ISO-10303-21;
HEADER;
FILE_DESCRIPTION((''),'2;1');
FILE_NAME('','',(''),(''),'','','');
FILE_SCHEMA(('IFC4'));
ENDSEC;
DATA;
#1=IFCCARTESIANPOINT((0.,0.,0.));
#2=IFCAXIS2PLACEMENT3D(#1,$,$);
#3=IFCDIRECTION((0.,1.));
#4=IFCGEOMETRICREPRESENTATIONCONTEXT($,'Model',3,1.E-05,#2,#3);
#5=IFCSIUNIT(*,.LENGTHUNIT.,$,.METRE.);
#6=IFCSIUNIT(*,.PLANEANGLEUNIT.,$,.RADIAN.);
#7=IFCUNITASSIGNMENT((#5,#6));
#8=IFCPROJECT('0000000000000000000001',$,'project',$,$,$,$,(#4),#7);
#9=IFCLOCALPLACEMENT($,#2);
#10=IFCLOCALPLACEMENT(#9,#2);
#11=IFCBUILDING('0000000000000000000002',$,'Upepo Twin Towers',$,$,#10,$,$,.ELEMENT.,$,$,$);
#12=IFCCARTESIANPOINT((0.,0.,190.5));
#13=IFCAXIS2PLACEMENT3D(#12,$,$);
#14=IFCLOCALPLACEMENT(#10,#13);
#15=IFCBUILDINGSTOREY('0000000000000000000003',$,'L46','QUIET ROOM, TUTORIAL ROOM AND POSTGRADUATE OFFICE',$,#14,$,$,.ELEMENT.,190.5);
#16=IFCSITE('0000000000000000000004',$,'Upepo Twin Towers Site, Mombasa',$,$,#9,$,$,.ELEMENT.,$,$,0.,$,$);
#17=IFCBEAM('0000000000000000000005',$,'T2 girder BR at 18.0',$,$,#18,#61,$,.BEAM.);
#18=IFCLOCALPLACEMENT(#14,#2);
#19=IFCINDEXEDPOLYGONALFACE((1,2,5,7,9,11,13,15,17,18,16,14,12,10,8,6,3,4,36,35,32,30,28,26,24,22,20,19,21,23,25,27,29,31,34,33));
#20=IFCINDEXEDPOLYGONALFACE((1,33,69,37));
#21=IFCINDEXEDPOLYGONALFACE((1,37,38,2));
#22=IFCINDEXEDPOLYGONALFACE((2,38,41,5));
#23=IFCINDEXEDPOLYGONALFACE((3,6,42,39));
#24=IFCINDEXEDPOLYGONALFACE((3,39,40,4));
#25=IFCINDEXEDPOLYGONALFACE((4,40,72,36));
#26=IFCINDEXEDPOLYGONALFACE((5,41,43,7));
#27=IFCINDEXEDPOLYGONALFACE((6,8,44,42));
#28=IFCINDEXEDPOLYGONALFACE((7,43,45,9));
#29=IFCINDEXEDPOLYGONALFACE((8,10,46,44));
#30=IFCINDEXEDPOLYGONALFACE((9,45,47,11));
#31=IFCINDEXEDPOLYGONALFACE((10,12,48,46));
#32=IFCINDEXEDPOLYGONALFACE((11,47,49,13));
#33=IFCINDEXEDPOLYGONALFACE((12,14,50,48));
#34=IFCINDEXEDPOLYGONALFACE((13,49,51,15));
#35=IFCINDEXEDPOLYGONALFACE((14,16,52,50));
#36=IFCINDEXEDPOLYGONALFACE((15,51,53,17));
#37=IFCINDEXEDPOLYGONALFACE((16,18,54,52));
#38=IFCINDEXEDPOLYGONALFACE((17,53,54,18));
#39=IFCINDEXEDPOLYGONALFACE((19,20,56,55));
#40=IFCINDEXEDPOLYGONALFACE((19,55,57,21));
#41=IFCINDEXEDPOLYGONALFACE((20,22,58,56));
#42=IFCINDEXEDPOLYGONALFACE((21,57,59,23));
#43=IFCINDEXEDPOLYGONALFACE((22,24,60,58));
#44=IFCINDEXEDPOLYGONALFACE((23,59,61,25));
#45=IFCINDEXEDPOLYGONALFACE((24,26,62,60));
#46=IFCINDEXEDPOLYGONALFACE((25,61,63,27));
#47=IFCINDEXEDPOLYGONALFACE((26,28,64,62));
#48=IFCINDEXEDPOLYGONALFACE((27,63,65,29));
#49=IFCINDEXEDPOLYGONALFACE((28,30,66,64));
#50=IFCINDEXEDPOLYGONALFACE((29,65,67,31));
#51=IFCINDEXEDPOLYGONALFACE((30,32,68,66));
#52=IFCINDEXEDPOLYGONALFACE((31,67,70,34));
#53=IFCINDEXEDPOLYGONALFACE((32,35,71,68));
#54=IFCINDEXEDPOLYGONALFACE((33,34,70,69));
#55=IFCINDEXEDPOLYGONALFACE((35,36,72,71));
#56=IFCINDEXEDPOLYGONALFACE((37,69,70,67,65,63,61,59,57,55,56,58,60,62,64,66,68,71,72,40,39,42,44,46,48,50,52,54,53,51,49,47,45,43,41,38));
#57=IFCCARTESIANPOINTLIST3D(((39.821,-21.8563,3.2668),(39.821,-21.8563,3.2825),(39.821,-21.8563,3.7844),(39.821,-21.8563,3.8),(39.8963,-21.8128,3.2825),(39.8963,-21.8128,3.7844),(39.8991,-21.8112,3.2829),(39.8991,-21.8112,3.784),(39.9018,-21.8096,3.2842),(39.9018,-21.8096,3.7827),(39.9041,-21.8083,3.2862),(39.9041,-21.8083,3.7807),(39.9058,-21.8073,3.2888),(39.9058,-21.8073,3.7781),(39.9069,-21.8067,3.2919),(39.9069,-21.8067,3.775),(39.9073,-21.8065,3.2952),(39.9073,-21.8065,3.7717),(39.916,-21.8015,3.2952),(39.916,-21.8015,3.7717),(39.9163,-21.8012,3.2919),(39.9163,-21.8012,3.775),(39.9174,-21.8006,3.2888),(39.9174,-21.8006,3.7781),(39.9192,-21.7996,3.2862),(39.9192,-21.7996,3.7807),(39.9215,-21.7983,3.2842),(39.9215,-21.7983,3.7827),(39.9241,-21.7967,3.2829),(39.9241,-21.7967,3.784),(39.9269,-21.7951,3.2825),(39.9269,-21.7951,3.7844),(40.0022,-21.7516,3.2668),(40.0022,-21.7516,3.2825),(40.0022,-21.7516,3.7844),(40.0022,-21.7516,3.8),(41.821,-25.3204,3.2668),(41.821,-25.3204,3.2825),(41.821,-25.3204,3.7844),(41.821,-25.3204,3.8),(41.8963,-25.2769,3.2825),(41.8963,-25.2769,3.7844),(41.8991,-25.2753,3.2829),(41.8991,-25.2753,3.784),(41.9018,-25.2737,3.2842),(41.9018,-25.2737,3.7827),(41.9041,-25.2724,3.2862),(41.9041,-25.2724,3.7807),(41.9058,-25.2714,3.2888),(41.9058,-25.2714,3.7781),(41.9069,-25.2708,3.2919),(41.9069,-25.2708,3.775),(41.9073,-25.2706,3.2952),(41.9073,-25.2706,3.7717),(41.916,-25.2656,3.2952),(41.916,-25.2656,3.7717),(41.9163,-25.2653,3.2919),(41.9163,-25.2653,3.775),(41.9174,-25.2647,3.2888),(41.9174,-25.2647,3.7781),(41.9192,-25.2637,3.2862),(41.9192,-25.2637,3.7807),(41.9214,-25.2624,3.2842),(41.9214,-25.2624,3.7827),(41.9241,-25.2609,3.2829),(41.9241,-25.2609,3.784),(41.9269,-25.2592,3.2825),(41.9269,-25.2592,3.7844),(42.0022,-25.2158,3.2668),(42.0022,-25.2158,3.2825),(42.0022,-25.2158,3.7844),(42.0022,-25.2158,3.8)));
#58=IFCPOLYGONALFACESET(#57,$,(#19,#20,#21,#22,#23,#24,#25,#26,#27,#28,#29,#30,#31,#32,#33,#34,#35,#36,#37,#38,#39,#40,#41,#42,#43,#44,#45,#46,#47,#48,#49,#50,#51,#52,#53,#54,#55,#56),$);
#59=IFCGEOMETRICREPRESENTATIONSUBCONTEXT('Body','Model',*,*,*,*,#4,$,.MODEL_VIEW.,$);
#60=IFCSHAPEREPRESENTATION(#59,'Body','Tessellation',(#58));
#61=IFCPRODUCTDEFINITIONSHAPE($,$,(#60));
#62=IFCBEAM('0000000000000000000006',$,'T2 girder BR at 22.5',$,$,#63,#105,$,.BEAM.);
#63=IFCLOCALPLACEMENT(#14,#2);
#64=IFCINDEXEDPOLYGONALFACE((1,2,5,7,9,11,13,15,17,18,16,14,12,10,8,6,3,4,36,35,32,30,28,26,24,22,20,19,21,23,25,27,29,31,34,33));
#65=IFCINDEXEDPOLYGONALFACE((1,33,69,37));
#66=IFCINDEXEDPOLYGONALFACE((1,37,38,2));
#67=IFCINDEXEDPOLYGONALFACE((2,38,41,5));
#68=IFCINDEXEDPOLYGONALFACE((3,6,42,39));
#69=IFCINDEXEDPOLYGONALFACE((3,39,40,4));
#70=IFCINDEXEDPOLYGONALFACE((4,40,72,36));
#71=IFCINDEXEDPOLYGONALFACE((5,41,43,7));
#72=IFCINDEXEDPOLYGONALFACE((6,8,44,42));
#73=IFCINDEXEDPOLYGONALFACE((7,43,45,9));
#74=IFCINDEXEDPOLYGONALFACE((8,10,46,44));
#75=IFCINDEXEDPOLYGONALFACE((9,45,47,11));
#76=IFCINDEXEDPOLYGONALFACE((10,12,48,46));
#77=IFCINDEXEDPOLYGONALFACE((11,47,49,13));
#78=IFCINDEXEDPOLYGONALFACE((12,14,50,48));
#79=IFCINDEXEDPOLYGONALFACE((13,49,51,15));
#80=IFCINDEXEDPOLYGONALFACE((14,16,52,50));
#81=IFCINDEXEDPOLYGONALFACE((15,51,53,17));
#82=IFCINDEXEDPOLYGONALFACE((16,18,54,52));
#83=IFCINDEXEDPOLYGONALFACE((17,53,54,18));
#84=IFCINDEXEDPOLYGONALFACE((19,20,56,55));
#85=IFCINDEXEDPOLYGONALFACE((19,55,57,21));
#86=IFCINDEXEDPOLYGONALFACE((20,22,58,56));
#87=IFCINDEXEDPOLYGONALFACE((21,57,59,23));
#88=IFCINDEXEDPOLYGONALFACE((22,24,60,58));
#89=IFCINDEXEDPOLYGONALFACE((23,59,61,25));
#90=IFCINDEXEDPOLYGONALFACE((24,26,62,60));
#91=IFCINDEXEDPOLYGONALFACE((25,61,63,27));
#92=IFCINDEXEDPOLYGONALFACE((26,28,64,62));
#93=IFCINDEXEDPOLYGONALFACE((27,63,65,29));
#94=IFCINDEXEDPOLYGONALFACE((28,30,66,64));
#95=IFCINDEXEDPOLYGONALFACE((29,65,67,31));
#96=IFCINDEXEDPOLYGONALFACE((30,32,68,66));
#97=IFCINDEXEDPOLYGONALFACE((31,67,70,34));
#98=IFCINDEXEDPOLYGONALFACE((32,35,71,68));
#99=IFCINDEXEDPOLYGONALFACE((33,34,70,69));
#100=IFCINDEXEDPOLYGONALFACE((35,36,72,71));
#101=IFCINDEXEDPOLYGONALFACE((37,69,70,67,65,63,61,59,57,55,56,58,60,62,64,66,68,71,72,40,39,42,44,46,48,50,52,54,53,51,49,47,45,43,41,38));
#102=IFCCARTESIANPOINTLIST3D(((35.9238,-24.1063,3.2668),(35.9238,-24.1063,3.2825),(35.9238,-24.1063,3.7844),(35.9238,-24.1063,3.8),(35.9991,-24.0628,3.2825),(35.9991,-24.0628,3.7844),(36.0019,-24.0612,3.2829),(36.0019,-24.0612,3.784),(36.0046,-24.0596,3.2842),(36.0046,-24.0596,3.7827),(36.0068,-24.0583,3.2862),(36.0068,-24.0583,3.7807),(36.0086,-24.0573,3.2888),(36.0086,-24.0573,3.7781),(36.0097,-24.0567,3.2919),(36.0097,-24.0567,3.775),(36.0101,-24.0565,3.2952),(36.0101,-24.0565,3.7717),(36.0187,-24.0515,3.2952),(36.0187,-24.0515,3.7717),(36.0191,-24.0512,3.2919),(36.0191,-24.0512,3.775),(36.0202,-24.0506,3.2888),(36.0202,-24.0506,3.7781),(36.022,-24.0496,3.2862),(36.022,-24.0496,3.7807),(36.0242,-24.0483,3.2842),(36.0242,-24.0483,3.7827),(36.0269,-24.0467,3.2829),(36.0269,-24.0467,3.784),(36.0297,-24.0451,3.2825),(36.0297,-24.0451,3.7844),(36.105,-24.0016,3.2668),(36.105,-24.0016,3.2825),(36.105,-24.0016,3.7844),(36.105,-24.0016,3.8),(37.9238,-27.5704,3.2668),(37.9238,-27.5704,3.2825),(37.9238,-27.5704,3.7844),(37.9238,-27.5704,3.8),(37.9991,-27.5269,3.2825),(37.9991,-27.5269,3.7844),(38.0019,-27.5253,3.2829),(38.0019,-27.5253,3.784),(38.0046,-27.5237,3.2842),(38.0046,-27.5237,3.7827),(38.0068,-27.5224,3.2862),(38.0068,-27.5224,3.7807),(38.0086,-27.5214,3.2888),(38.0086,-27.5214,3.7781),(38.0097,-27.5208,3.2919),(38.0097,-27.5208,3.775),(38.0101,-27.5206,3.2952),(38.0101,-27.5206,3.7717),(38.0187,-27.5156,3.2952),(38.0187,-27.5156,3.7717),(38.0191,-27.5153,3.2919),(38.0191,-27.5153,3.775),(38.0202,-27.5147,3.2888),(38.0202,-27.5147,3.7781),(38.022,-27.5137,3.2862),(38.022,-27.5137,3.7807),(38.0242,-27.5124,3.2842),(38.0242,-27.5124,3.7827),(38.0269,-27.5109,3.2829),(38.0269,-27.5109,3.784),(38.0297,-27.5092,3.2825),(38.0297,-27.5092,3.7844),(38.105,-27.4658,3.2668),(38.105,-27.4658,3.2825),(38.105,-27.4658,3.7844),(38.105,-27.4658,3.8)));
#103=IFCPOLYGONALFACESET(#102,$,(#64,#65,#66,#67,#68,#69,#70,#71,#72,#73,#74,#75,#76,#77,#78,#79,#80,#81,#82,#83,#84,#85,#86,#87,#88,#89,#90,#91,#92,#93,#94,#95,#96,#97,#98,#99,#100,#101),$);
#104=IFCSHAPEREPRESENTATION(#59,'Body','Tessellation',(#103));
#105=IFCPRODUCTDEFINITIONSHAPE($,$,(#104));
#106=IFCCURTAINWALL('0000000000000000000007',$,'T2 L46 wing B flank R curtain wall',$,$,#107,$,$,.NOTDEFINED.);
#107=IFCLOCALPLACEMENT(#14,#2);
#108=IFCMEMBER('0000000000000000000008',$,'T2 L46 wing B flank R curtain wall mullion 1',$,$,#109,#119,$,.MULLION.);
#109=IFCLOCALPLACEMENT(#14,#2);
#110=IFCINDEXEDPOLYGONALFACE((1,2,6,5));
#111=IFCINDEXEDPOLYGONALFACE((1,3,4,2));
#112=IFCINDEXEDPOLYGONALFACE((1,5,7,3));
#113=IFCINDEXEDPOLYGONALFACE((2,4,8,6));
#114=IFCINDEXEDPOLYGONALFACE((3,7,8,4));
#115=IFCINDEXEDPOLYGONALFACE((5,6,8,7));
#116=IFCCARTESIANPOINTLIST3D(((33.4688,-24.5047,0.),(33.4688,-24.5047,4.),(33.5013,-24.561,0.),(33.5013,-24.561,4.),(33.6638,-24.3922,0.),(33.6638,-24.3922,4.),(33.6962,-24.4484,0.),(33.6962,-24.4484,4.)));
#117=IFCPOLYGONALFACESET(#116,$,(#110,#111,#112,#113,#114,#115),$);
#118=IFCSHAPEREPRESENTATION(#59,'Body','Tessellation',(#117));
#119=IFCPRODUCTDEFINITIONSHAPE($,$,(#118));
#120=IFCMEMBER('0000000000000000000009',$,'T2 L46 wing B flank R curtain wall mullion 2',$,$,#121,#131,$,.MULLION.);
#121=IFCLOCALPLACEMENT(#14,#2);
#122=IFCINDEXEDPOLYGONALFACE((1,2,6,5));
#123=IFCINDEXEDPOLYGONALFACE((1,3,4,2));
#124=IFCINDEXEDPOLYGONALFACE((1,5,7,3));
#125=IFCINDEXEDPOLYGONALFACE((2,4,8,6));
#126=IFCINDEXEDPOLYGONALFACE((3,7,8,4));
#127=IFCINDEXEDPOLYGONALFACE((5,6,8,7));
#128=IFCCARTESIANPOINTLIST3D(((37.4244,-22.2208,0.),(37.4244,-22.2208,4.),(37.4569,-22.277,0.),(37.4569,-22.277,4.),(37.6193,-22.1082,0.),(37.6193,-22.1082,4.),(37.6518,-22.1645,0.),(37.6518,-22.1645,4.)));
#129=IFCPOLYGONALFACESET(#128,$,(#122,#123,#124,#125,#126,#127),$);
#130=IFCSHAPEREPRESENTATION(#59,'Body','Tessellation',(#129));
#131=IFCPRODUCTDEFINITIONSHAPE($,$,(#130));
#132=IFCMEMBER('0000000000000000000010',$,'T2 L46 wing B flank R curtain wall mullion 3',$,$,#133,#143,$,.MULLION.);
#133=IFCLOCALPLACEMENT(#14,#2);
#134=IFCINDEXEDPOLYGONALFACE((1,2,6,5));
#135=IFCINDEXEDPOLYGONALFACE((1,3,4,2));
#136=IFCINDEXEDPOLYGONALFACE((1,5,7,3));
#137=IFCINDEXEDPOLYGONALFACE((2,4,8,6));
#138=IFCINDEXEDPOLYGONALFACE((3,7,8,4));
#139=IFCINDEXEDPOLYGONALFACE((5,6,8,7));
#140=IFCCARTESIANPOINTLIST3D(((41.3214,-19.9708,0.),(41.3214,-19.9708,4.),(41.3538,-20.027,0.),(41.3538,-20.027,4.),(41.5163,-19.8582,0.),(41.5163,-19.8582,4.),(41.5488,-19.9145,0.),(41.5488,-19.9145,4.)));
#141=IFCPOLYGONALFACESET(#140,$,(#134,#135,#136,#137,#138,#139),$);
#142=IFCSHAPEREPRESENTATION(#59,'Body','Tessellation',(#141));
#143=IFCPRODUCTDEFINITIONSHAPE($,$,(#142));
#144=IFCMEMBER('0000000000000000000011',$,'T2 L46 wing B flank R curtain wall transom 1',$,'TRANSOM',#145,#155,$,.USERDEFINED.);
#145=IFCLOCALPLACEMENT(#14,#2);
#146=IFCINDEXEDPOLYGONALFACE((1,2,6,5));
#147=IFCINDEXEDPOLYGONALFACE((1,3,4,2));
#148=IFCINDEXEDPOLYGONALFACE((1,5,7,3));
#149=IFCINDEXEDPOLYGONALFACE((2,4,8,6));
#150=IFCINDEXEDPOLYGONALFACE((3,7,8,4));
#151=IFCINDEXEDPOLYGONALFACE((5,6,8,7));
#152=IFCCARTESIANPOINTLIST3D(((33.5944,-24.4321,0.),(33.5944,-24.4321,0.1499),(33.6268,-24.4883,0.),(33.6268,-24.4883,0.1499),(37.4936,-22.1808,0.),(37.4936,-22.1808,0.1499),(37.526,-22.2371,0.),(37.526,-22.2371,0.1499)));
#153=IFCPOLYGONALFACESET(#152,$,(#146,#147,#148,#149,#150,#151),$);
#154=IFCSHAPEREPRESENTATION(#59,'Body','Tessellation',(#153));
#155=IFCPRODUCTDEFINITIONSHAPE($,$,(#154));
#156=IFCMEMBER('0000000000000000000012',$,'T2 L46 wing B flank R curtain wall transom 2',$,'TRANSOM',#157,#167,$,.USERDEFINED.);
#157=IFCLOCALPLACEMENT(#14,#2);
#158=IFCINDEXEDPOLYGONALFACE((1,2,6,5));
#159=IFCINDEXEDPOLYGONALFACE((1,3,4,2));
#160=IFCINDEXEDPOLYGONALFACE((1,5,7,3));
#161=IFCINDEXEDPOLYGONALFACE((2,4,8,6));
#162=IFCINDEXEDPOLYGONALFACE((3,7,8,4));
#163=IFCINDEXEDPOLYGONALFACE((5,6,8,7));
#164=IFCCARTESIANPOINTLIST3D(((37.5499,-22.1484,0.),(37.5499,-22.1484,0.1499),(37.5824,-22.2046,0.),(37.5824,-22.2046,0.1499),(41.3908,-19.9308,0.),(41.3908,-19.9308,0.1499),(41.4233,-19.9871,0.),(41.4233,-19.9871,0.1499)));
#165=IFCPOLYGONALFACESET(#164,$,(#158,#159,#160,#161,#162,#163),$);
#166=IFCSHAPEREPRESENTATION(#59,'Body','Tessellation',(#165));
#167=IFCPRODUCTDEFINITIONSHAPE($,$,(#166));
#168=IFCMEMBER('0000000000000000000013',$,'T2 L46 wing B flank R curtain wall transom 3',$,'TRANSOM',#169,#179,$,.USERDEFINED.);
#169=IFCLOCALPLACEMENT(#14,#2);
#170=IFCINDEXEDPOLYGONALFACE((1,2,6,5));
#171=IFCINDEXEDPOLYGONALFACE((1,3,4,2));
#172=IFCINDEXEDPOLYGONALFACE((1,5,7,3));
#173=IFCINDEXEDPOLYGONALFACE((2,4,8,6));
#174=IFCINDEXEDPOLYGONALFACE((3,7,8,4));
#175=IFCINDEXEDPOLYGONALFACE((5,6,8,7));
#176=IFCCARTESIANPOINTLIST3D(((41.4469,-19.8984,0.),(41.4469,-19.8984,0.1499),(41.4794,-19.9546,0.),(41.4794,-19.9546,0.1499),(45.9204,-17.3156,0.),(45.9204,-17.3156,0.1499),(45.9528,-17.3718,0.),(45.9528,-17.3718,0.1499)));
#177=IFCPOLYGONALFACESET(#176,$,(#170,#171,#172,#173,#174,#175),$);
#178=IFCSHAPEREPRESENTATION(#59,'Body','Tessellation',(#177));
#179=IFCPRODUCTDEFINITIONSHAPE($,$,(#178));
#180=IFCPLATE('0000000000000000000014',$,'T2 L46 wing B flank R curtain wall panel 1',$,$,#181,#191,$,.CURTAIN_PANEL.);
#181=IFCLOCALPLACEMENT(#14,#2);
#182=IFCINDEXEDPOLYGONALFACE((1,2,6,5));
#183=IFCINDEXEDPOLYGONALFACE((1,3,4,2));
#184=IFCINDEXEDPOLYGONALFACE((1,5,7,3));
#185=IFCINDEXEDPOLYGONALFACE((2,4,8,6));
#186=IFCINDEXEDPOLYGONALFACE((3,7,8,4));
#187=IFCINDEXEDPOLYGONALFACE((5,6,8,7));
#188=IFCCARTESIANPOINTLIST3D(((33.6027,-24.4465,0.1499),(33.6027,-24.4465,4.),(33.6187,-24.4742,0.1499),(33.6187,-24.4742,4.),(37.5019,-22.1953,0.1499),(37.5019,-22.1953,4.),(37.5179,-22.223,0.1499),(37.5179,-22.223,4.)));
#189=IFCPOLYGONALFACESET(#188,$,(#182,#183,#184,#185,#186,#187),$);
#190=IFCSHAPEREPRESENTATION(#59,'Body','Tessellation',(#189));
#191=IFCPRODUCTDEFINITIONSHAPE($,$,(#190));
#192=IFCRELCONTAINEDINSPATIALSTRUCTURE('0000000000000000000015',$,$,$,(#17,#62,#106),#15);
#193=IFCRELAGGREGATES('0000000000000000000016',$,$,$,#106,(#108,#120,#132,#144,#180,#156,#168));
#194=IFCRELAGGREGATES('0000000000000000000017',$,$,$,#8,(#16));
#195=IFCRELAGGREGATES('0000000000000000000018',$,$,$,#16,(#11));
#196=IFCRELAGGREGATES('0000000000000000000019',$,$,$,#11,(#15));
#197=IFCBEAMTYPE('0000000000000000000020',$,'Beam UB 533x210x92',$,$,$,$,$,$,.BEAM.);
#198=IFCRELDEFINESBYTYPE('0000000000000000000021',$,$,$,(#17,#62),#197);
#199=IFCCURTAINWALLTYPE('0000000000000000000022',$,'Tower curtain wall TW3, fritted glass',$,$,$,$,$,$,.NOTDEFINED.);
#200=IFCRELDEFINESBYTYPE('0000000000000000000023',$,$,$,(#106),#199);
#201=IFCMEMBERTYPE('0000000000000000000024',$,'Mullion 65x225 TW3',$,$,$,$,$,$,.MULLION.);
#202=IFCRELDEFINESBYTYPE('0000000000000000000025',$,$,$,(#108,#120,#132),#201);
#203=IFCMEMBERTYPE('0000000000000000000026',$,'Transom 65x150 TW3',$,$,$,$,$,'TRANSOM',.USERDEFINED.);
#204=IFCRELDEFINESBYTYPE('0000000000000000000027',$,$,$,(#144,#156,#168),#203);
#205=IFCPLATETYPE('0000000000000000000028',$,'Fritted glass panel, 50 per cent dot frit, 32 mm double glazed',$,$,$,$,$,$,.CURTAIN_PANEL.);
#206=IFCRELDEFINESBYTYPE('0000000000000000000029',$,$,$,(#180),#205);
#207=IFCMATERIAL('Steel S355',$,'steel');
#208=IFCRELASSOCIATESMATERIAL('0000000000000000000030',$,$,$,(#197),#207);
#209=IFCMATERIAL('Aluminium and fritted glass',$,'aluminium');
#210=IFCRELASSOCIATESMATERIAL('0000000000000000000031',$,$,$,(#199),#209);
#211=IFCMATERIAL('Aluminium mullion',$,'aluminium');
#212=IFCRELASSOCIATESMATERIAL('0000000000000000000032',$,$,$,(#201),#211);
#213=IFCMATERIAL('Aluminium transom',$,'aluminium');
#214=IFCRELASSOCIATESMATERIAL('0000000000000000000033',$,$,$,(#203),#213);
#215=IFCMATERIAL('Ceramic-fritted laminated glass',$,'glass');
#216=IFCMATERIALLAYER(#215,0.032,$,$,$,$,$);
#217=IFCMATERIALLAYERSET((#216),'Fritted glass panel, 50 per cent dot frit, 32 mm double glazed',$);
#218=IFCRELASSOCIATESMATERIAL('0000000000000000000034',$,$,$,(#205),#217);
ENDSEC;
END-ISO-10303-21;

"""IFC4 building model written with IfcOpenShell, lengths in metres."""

from ifc_helpers import new_model, si_unit, direction, frame, origin, origin_2d, place, context, subcontext, project, spatial, rectangle, i_section, extrude, material, layer, layer_set, material_profile, profile_set, type_object, element, aggregate, save


model = new_model("IFC4")

# Units and contexts
model_context = context("Model", 3, precision=1e-05, world=origin(), true_north=direction((0.0, 1.0)))
body_context = subcontext(model_context, "Body", "Model", "MODEL_VIEW")
ifc_project = project(units=[si_unit("LENGTHUNIT", "METRE"), si_unit("PLANEANGLEUNIT", "RADIAN")], contexts=[model_context])

# Site, building, storey
site_placement = place(None, origin())
site = spatial("IfcSite", under=ifc_project, at=site_placement, Name="Upepo Twin Towers Site, Mombasa", CompositionType="ELEMENT", RefElevation=0.0)
building_placement = place(site_placement, origin())
building = spatial("IfcBuilding", under=site, at=building_placement, Name="Upepo Twin Towers", CompositionType="ELEMENT")
storey_placement = place(building_placement, frame((0.0, 0.0, 190.5)))
storey = spatial("IfcBuildingStorey", under=building, at=storey_placement, Name="L46", Description="QUIET ROOM, TUTORIAL ROOM AND POSTGRADUATE OFFICE", CompositionType="ELEMENT", Elevation=190.5)

# Beams
ifc_material_1 = material(Name="Steel S355", Category="steel")
ifc_material_profile_1 = material_profile(ifc_material_1, i_section(OverallWidth=0.2092, OverallDepth=0.5332, WebThickness=0.01, FlangeThickness=0.0156, FilletRadius=0.0127, at=origin_2d()), Name="UB 533x210x92")
ifc_profile_set_1 = profile_set([ifc_material_profile_1], Name="Steel S355")
beam_type_1 = type_object("IfcBeamType", Name="Beam UB 533x210x92", PredefinedType="BEAM", material=ifc_profile_set_1)
for number, where, z_axis, x_axis, name in (
    (1, (39.9116, -21.804, 3.5334), (0.499999, -0.866026, 0.0), (0.866026, 0.499999, 0.0), "T2 girder BR at 18.0"),
    (2, (36.0144, -24.054, 3.5334), (0.499999, -0.866026, 0.0), (0.866026, 0.499999, 0.0), "T2 girder BR at 22.5"),
):
    element("IfcBeam", number, at=place(storey_placement, frame(where, z_axis=z_axis, x_axis=x_axis)), inside=storey, type_object=beam_type_1, Name=name, PredefinedType="BEAM", context=body_context, shape_type="SweptSolid", body=[
        extrude(i_section(OverallWidth=0.2092, OverallDepth=0.5332, WebThickness=0.01, FlangeThickness=0.0156, FilletRadius=0.0127, at=origin_2d()), origin(), (0.0, 0.0, 1.0), 4.0),
    ])

# Curtain wall, members, plate
ifc_material_2 = material(Name="Aluminium and fritted glass", Category="aluminium")
curtain_wall_type = type_object("IfcCurtainWallType", Name="Tower curtain wall TW3, fritted glass", PredefinedType="NOTDEFINED", material=ifc_material_2)
curtain_wall_placement = place(storey_placement, origin())
curtain_wall = element("IfcCurtainWall", 3, at=curtain_wall_placement, inside=storey, type_object=curtain_wall_type, Name="T2 L46 wing B flank R curtain wall", PredefinedType="NOTDEFINED")
ifc_material_3 = material(Name="Aluminium mullion", Category="aluminium")
ifc_material_profile_2 = material_profile(ifc_material_3, rectangle(XDim=0.0649, YDim=0.2251, at=origin_2d()), Name="MULLION 65x225")
ifc_profile_set_2 = profile_set([ifc_material_profile_2], Name="Aluminium mullion")
member_type_1 = type_object("IfcMemberType", Name="Mullion 65x225 TW3", PredefinedType="MULLION", material=ifc_profile_set_2)
member_1_placement = place(storey_placement, frame((33.5825, -24.4766, 0.0), z_axis=(0.0, 0.0, 1.0), x_axis=(-0.5, 0.866025, 0.0)))
member_1 = element("IfcMember", 4, at=member_1_placement, type_object=member_type_1, Name="T2 L46 wing B flank R curtain wall mullion 1", PredefinedType="MULLION", context=body_context, shape_type="SweptSolid", body=[
    extrude(rectangle(XDim=0.0649, YDim=0.2251, at=origin_2d()), origin(), (0.0, 0.0, 1.0), 4.0),
])
member_2_placement = place(storey_placement, frame((37.5381, -22.1926, 0.0), z_axis=(0.0, 0.0, 1.0), x_axis=(-0.5, 0.866025, 0.0)))
member_2 = element("IfcMember", 5, at=member_2_placement, type_object=member_type_1, Name="T2 L46 wing B flank R curtain wall mullion 2", PredefinedType="MULLION", context=body_context, shape_type="SweptSolid", body=[
    extrude(rectangle(XDim=0.0649, YDim=0.2251, at=origin_2d()), origin(), (0.0, 0.0, 1.0), 4.0),
])
member_3_placement = place(storey_placement, frame((41.4351, -19.9426, 0.0), z_axis=(0.0, 0.0, 1.0), x_axis=(-0.5, 0.866025, 0.0)))
member_3 = element("IfcMember", 6, at=member_3_placement, type_object=member_type_1, Name="T2 L46 wing B flank R curtain wall mullion 3", PredefinedType="MULLION", context=body_context, shape_type="SweptSolid", body=[
    extrude(rectangle(XDim=0.0649, YDim=0.2251, at=origin_2d()), origin(), (0.0, 0.0, 1.0), 4.0),
])
ifc_material_4 = material(Name="Aluminium transom", Category="aluminium")
ifc_material_profile_3 = material_profile(ifc_material_4, rectangle(XDim=0.0649, YDim=0.1499, at=origin_2d()), Name="TRANSOM 65x150")
ifc_profile_set_3 = profile_set([ifc_material_profile_3], Name="Aluminium transom")
member_type_2 = type_object("IfcMemberType", Name="Transom 65x150 TW3", ElementType="TRANSOM", PredefinedType="USERDEFINED", material=ifc_profile_set_3)
member_4_placement = place(storey_placement, frame((33.6106, -24.4602, 0.075), z_axis=(0.866022, 0.500006, 0.0), x_axis=(-0.500006, 0.866022, 0.0)))
member_4 = element("IfcMember", 7, at=member_4_placement, type_object=member_type_2, Name="T2 L46 wing B flank R curtain wall transom 1", ObjectType="TRANSOM", PredefinedType="USERDEFINED", context=body_context, shape_type="SweptSolid", body=[
    extrude(rectangle(XDim=0.0649, YDim=0.1499, at=origin_2d()), origin(), (0.0, 0.0, 1.0), 4.5024),
])
member_5_placement = place(storey_placement, frame((37.5662, -22.1765, 0.075), z_axis=(0.866022, 0.500005, 0.0), x_axis=(-0.500005, 0.866022, 0.0)))
member_5 = element("IfcMember", 8, at=member_5_placement, type_object=member_type_2, Name="T2 L46 wing B flank R curtain wall transom 2", ObjectType="TRANSOM", PredefinedType="USERDEFINED", context=body_context, shape_type="SweptSolid", body=[
    extrude(rectangle(XDim=0.0649, YDim=0.1499, at=origin_2d()), origin(), (0.0, 0.0, 1.0), 4.4351),
])
member_6_placement = place(storey_placement, frame((41.4631, -19.9265, 0.075), z_axis=(0.866021, 0.500007, 0.0), x_axis=(-0.500007, 0.866021, 0.0)))
member_6 = element("IfcMember", 9, at=member_6_placement, type_object=member_type_2, Name="T2 L46 wing B flank R curtain wall transom 3", ObjectType="TRANSOM", PredefinedType="USERDEFINED", context=body_context, shape_type="SweptSolid", body=[
    extrude(rectangle(XDim=0.0649, YDim=0.1499, at=origin_2d()), origin(), (0.0, 0.0, 1.0), 5.1655),
])
ifc_material_5 = material(Name="Ceramic-fritted laminated glass", Category="glass")
ifc_layer_1 = layer(ifc_material_5, 0.032)
ifc_layer_set_1 = layer_set([ifc_layer_1], Name="Fritted glass panel, 50 per cent dot frit, 32 mm double glazed")
plate_type = type_object("IfcPlateType", Name="Fritted glass panel, 50 per cent dot frit, 32 mm double glazed", PredefinedType="CURTAIN_PANEL", material=ifc_layer_set_1)
plate_1_placement = place(storey_placement, frame((35.5603, -23.3347, 0.1499), z_axis=(0.0, 0.0, 1.0), x_axis=(0.866025, 0.5, 0.0)))
plate_1 = element("IfcPlate", 10, at=plate_1_placement, type_object=plate_type, Name="T2 L46 wing B flank R curtain wall panel 1", PredefinedType="CURTAIN_PANEL", context=body_context, shape_type="SweptSolid", body=[
    extrude(rectangle(XDim=4.5024, YDim=0.032, at=origin_2d()), origin(), (0.0, 0.0, 1.0), 3.8501),
])
aggregate(curtain_wall, [member_1, member_2, member_3, member_4, plate_1, member_5, member_6])

save(model, "model.ifc")
